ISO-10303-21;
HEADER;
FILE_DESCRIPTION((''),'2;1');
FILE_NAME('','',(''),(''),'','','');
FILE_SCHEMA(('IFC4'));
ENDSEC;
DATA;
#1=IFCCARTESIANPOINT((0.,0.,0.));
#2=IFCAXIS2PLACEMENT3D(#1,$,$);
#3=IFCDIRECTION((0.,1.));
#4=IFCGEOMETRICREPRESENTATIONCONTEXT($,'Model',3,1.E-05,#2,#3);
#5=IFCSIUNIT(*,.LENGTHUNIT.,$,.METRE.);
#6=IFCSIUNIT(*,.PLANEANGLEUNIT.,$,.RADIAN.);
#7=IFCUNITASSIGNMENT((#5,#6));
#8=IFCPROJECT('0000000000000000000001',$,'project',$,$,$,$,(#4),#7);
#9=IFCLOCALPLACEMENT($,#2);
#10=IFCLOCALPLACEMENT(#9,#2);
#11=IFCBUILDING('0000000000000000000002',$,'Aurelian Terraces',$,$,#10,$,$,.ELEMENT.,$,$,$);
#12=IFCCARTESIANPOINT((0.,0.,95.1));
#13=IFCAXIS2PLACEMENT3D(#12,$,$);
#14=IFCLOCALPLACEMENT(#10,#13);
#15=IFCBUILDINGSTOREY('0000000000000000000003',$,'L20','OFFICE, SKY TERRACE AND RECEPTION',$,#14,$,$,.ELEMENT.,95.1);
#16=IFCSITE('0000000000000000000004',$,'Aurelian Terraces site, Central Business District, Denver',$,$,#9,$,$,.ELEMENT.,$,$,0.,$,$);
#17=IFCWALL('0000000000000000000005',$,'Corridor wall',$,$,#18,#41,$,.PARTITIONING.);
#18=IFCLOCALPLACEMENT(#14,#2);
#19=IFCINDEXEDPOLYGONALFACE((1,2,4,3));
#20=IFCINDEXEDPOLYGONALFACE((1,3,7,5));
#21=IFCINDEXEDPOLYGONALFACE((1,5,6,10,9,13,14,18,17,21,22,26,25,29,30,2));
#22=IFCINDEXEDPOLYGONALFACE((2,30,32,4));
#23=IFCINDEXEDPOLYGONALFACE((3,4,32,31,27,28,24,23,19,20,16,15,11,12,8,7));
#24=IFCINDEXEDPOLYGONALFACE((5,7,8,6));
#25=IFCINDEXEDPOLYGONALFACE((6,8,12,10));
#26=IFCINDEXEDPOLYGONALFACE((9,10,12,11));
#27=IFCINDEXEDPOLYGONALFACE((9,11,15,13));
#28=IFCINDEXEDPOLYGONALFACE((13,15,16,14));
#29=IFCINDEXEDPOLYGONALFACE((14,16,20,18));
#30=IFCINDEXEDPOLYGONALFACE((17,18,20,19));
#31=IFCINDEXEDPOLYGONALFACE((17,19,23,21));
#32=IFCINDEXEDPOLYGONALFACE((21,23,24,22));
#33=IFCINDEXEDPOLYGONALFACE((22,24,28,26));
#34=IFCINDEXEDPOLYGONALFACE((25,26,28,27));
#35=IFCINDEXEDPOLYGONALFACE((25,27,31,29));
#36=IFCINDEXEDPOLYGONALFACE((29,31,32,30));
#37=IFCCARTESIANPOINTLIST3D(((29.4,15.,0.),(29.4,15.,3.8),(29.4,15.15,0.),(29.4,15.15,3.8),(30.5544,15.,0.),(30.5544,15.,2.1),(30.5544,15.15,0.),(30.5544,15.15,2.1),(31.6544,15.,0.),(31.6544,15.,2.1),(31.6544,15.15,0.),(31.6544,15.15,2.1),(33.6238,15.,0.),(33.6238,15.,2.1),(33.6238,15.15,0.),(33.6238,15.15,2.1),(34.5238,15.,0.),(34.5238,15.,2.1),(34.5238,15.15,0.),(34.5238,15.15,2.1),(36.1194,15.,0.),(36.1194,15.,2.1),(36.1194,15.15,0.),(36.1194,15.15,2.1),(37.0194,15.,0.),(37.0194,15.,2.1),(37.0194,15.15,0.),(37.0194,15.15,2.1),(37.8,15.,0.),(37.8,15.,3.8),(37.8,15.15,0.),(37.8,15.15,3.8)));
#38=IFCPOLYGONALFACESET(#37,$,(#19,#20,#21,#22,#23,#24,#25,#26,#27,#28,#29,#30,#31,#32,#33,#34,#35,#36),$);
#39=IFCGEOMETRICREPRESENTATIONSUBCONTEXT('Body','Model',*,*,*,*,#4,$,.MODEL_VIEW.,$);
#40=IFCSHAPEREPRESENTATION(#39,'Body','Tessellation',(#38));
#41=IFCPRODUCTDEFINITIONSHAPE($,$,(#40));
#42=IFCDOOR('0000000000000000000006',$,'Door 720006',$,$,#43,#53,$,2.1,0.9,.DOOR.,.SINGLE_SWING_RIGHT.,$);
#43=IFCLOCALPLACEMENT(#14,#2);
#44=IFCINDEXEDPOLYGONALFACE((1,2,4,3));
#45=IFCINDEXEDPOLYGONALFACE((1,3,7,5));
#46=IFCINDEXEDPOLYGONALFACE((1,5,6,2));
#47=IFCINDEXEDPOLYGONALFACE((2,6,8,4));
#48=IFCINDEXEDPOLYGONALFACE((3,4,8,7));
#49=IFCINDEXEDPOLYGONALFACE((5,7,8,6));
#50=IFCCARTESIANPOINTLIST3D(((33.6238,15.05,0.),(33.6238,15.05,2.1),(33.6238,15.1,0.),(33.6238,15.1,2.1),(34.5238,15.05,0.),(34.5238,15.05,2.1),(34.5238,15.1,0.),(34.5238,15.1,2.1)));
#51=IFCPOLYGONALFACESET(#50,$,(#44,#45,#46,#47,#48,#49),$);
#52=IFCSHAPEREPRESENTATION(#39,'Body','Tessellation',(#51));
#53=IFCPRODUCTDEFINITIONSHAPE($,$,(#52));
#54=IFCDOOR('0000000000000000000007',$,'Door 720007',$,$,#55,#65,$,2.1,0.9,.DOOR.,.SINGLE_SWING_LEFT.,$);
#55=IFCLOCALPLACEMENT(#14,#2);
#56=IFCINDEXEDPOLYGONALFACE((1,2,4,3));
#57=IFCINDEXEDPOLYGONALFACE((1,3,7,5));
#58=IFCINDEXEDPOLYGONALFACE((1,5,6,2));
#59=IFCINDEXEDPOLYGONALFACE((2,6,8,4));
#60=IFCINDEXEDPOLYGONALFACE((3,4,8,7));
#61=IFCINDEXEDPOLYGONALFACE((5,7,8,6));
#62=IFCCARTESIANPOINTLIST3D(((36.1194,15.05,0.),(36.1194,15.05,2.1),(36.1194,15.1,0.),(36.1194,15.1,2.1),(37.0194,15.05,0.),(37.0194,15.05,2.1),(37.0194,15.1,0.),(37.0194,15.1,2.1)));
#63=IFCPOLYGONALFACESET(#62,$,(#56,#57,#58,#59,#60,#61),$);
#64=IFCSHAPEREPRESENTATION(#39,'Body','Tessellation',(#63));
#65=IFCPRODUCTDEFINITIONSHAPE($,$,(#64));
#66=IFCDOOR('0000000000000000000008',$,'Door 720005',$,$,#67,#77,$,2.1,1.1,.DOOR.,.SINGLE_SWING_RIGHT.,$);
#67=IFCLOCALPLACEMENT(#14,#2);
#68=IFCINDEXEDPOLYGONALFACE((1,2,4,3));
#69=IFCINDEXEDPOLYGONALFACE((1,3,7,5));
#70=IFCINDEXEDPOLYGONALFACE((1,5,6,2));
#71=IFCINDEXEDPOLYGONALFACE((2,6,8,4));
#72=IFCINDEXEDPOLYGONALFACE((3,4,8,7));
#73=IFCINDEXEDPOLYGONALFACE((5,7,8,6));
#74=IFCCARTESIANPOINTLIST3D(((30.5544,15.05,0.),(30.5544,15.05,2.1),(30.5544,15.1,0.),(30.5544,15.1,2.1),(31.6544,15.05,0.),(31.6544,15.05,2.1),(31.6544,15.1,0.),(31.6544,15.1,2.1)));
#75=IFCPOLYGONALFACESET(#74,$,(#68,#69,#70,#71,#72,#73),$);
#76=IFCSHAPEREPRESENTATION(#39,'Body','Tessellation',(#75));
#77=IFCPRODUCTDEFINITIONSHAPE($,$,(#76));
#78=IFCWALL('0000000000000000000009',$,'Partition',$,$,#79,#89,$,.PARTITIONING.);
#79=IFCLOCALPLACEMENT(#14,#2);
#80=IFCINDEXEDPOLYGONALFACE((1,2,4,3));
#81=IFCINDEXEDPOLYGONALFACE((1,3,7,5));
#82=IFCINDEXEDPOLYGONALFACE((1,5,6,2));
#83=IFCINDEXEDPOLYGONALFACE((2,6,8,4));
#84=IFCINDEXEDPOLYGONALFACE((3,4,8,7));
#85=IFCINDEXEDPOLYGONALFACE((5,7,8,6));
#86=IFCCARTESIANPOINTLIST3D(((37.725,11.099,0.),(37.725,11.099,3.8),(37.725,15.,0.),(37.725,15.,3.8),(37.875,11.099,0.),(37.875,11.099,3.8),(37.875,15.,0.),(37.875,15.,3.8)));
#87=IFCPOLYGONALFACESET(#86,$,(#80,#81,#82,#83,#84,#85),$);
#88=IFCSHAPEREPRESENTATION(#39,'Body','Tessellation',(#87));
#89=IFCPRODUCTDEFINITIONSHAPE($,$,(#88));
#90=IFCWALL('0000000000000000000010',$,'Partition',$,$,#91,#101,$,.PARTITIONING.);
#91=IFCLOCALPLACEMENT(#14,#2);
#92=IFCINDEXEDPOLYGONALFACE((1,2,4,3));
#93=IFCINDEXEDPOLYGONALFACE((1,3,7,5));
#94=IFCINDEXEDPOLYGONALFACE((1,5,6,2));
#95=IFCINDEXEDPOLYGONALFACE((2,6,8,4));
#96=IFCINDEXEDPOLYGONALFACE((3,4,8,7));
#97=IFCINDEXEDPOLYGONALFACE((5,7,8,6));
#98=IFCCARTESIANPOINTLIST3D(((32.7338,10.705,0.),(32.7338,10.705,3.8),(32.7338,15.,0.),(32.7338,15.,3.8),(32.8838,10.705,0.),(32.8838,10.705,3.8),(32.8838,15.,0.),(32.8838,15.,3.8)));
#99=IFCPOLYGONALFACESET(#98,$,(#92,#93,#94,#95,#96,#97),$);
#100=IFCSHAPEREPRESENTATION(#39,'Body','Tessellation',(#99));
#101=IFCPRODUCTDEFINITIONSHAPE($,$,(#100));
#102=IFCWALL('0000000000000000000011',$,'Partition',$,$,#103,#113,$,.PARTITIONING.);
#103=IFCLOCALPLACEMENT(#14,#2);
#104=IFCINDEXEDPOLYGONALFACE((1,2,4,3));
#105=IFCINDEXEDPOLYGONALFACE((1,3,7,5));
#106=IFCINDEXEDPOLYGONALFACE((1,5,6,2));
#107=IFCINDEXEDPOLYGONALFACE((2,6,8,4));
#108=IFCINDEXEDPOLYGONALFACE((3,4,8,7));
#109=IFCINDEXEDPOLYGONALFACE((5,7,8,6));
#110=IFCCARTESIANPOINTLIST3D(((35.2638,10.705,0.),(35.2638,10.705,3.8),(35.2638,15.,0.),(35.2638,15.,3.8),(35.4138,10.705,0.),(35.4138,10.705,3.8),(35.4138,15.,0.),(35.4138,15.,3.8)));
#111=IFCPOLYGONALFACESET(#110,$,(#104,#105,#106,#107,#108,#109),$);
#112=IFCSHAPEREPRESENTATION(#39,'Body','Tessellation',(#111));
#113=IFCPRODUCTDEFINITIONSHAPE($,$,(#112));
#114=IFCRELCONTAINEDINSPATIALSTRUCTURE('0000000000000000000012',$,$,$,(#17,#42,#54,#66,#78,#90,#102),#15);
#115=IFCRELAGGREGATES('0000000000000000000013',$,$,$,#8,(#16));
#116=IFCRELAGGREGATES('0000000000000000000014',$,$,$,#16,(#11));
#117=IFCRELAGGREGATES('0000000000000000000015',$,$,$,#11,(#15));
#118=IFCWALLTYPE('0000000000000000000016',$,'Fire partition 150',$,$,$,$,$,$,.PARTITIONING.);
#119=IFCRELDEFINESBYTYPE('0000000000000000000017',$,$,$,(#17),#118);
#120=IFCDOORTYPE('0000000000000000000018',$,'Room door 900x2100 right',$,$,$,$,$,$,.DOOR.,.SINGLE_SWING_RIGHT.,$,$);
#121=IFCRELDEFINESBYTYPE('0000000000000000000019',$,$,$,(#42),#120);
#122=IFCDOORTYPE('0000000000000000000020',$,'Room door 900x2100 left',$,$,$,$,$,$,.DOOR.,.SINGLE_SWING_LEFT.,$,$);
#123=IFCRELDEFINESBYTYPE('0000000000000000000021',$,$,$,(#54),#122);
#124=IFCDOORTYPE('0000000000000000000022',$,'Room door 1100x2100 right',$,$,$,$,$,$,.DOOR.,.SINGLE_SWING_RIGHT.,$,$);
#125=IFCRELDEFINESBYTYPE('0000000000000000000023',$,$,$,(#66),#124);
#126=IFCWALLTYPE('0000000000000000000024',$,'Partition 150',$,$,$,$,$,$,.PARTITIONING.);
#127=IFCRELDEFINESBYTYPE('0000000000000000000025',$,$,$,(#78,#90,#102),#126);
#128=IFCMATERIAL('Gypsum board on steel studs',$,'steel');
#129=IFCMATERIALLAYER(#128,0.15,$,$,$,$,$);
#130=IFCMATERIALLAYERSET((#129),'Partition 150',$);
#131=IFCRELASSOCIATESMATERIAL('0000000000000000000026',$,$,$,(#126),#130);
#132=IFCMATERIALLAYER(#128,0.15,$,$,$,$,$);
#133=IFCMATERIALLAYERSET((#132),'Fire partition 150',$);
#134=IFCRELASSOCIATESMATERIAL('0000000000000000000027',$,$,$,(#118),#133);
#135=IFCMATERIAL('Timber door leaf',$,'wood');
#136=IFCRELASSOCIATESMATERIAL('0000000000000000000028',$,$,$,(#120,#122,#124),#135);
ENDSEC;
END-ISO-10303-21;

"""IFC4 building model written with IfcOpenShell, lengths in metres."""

from ifc_helpers import new_model, si_unit, direction, frame, frame_2d, origin, place, context, subcontext, project, spatial, rectangle, extrude, source, transform, mapped, material, layer, layer_set, type_object, element, fill, save


model = new_model("IFC4")

# Units and contexts
model_context = context("Model", 3, precision=1e-05, world=origin(), true_north=direction((0.0, 1.0)))
body_context = subcontext(model_context, "Body", "Model", "MODEL_VIEW")
ifc_project = project(units=[si_unit("LENGTHUNIT", "METRE"), si_unit("PLANEANGLEUNIT", "RADIAN")], contexts=[model_context])

# Site, building, storey
site_placement = place(None, origin())
site = spatial("IfcSite", under=ifc_project, at=site_placement, Name="Aurelian Terraces site, Central Business District, Denver", CompositionType="ELEMENT", RefElevation=0.0)
building_placement = place(site_placement, origin())
building = spatial("IfcBuilding", under=site, at=building_placement, Name="Aurelian Terraces", CompositionType="ELEMENT")
storey_placement = place(building_placement, frame((0.0, 0.0, 95.1)))
storey = spatial("IfcBuildingStorey", under=building, at=storey_placement, Name="L20", Description="OFFICE, SKY TERRACE AND RECEPTION", CompositionType="ELEMENT", Elevation=95.1)

# Shared definitions
ifc_material_1 = material(Name="Gypsum board on steel studs", Category="steel")
ifc_layer_1 = layer(ifc_material_1, 0.15)
ifc_layer_set_1 = layer_set([ifc_layer_1], Name="Partition 150")
wall_type_1 = type_object("IfcWallType", Name="Partition 150", PredefinedType="PARTITIONING", material=ifc_layer_set_1)

# Wall, openings, doors
ifc_layer_2 = layer(ifc_material_1, 0.15)
ifc_layer_set_2 = layer_set([ifc_layer_2], Name="Fire partition 150")
wall_type_2 = type_object("IfcWallType", Name="Fire partition 150", PredefinedType="PARTITIONING", material=ifc_layer_set_2)
shared_shape_1 = source(origin(), body_context, "Body", "SweptSolid", [
    extrude(rectangle(XDim=8.4, YDim=0.15, at=frame_2d((4.2, 0.0))), origin(), (0.0, 0.0, 1.0), 3.8),
])
wall_1_placement = place(storey_placement, frame((37.8, 15.075, 0.0), z_axis=(0.0, 0.0, 1.0), x_axis=(-1.0, 0.0, 0.0)))
wall_1 = element("IfcWall", 1, at=wall_1_placement, inside=storey, type_object=wall_type_2, Name="Corridor wall", PredefinedType="PARTITIONING", context=body_context, shape_type="MappedRepresentation", body=[
    mapped(shared_shape_1, transform((0.0, 0.0, 0.0), scale=1.0)),
])
shared_shape_2 = source(origin(), body_context, "Body", "SweptSolid", [
    extrude(rectangle(XDim=1.1, YDim=2.1, at=frame_2d((0.55, 1.05))), frame((0.0, 0.085, 0.0), z_axis=(0.0, -1.0, 0.0), x_axis=(1.0, 0.0, 0.0)), (0.0, 0.0, 1.0), 0.17),
])
opening_1_placement = place(wall_1_placement, frame((6.1456, 0.0, 0.0)))
opening_1 = element("IfcOpeningElement", 2, at=opening_1_placement, cuts=wall_1, PredefinedType="OPENING", context=body_context, shape_type="MappedRepresentation", body=[
    mapped(shared_shape_2, transform((0.0, 0.0, 0.0), scale=1.0)),
])
shared_shape_3 = source(origin(), body_context, "Body", "SweptSolid", [
    extrude(rectangle(XDim=0.9, YDim=2.1, at=frame_2d((0.45, 1.05))), frame((0.0, 0.085, 0.0), z_axis=(0.0, -1.0, 0.0), x_axis=(1.0, 0.0, 0.0)), (0.0, 0.0, 1.0), 0.17),
])
opening_2_placement = place(wall_1_placement, frame((3.2762, 0.0, 0.0)))
opening_2 = element("IfcOpeningElement", 3, at=opening_2_placement, cuts=wall_1, PredefinedType="OPENING", context=body_context, shape_type="MappedRepresentation", body=[
    mapped(shared_shape_3, transform((0.0, 0.0, 0.0), scale=1.0)),
])
opening_3_placement = place(wall_1_placement, frame((0.7806, 0.0, 0.0)))
opening_3 = element("IfcOpeningElement", 4, at=opening_3_placement, cuts=wall_1, PredefinedType="OPENING", context=body_context, shape_type="MappedRepresentation", body=[
    mapped(shared_shape_3, transform((0.0, 0.0, 0.0), scale=1.0)),
])
ifc_material_2 = material(Name="Timber door leaf", Category="wood")
door_type_1 = type_object("IfcDoorType", Name="Room door 900x2100 right", OperationType="SINGLE_SWING_RIGHT", PredefinedType="DOOR", material=ifc_material_2)
shared_shape_4 = source(origin(), body_context, "Body", "SweptSolid", [
    extrude(rectangle(XDim=0.9, YDim=2.1, at=frame_2d((0.45, 1.05))), frame((0.0, 0.025, 0.0), z_axis=(0.0, -1.0, 0.0), x_axis=(1.0, 0.0, 0.0)), (0.0, 0.0, 1.0), 0.05),
])
door_1_placement = place(opening_2_placement, origin())
door_1 = element("IfcDoor", 5, at=door_1_placement, inside=storey, type_object=door_type_1, Name="Door 720006", OperationType="SINGLE_SWING_RIGHT", OverallHeight=2.1, OverallWidth=0.9, PredefinedType="DOOR", context=body_context, shape_type="MappedRepresentation", body=[
    mapped(shared_shape_4, transform((0.0, 0.0, 0.0), scale=1.0)),
])
fill(opening_2, door_1)
door_type_2 = type_object("IfcDoorType", Name="Room door 900x2100 left", OperationType="SINGLE_SWING_LEFT", PredefinedType="DOOR", material=ifc_material_2)
door_2_placement = place(opening_3_placement, origin())
door_2 = element("IfcDoor", 6, at=door_2_placement, inside=storey, type_object=door_type_2, Name="Door 720007", OperationType="SINGLE_SWING_LEFT", OverallHeight=2.1, OverallWidth=0.9, PredefinedType="DOOR", context=body_context, shape_type="MappedRepresentation", body=[
    mapped(shared_shape_4, transform((0.0, 0.0, 0.0), scale=1.0)),
])
fill(opening_3, door_2)
door_type_3 = type_object("IfcDoorType", Name="Room door 1100x2100 right", OperationType="SINGLE_SWING_RIGHT", PredefinedType="DOOR", material=ifc_material_2)
shared_shape_5 = source(origin(), body_context, "Body", "SweptSolid", [
    extrude(rectangle(XDim=1.1, YDim=2.1, at=frame_2d((0.55, 1.05))), frame((0.0, 0.025, 0.0), z_axis=(0.0, -1.0, 0.0), x_axis=(1.0, 0.0, 0.0)), (0.0, 0.0, 1.0), 0.05),
])
door_3_placement = place(opening_1_placement, origin())
door_3 = element("IfcDoor", 7, at=door_3_placement, inside=storey, type_object=door_type_3, Name="Door 720005", OperationType="SINGLE_SWING_RIGHT", OverallHeight=2.1, OverallWidth=1.1, PredefinedType="DOOR", context=body_context, shape_type="MappedRepresentation", body=[
    mapped(shared_shape_5, transform((0.0, 0.0, 0.0), scale=1.0)),
])
fill(opening_1, door_3)

# Walls
shared_shape_6 = source(origin(), body_context, "Body", "SweptSolid", [
    extrude(rectangle(XDim=3.901, YDim=0.15, at=frame_2d((1.9505, 0.0))), origin(), (0.0, 0.0, 1.0), 3.8),
])
wall_2_placement = place(storey_placement, frame((37.8, 11.099, 0.0), z_axis=(0.0, 0.0, 1.0), x_axis=(0.0, 1.0, 0.0)))
element("IfcWall", 8, at=wall_2_placement, inside=storey, type_object=wall_type_1, Name="Partition", PredefinedType="PARTITIONING", context=body_context, shape_type="MappedRepresentation", body=[
    mapped(shared_shape_6, transform((0.0, 0.0, 0.0), scale=1.0)),
])
shared_shape_7 = source(origin(), body_context, "Body", "SweptSolid", [
    extrude(rectangle(XDim=4.295, YDim=0.15, at=frame_2d((2.1475, 0.0))), origin(), (0.0, 0.0, 1.0), 3.8),
])
for number, where, z_axis, x_axis, name in (
    (9, (32.8088, 10.705, 0.0), (0.0, 0.0, 1.0), (0.0, 1.0, 0.0), "Partition"),
    (10, (35.3388, 10.705, 0.0), (0.0, 0.0, 1.0), (0.0, 1.0, 0.0), "Partition"),
):
    element("IfcWall", number, at=place(storey_placement, frame(where, z_axis=z_axis, x_axis=x_axis)), inside=storey, type_object=wall_type_1, Name=name, PredefinedType="PARTITIONING", context=body_context, shape_type="MappedRepresentation", body=[
        mapped(shared_shape_7, transform((0.0, 0.0, 0.0), scale=1.0)),
    ])

save(model, "model.ifc")
